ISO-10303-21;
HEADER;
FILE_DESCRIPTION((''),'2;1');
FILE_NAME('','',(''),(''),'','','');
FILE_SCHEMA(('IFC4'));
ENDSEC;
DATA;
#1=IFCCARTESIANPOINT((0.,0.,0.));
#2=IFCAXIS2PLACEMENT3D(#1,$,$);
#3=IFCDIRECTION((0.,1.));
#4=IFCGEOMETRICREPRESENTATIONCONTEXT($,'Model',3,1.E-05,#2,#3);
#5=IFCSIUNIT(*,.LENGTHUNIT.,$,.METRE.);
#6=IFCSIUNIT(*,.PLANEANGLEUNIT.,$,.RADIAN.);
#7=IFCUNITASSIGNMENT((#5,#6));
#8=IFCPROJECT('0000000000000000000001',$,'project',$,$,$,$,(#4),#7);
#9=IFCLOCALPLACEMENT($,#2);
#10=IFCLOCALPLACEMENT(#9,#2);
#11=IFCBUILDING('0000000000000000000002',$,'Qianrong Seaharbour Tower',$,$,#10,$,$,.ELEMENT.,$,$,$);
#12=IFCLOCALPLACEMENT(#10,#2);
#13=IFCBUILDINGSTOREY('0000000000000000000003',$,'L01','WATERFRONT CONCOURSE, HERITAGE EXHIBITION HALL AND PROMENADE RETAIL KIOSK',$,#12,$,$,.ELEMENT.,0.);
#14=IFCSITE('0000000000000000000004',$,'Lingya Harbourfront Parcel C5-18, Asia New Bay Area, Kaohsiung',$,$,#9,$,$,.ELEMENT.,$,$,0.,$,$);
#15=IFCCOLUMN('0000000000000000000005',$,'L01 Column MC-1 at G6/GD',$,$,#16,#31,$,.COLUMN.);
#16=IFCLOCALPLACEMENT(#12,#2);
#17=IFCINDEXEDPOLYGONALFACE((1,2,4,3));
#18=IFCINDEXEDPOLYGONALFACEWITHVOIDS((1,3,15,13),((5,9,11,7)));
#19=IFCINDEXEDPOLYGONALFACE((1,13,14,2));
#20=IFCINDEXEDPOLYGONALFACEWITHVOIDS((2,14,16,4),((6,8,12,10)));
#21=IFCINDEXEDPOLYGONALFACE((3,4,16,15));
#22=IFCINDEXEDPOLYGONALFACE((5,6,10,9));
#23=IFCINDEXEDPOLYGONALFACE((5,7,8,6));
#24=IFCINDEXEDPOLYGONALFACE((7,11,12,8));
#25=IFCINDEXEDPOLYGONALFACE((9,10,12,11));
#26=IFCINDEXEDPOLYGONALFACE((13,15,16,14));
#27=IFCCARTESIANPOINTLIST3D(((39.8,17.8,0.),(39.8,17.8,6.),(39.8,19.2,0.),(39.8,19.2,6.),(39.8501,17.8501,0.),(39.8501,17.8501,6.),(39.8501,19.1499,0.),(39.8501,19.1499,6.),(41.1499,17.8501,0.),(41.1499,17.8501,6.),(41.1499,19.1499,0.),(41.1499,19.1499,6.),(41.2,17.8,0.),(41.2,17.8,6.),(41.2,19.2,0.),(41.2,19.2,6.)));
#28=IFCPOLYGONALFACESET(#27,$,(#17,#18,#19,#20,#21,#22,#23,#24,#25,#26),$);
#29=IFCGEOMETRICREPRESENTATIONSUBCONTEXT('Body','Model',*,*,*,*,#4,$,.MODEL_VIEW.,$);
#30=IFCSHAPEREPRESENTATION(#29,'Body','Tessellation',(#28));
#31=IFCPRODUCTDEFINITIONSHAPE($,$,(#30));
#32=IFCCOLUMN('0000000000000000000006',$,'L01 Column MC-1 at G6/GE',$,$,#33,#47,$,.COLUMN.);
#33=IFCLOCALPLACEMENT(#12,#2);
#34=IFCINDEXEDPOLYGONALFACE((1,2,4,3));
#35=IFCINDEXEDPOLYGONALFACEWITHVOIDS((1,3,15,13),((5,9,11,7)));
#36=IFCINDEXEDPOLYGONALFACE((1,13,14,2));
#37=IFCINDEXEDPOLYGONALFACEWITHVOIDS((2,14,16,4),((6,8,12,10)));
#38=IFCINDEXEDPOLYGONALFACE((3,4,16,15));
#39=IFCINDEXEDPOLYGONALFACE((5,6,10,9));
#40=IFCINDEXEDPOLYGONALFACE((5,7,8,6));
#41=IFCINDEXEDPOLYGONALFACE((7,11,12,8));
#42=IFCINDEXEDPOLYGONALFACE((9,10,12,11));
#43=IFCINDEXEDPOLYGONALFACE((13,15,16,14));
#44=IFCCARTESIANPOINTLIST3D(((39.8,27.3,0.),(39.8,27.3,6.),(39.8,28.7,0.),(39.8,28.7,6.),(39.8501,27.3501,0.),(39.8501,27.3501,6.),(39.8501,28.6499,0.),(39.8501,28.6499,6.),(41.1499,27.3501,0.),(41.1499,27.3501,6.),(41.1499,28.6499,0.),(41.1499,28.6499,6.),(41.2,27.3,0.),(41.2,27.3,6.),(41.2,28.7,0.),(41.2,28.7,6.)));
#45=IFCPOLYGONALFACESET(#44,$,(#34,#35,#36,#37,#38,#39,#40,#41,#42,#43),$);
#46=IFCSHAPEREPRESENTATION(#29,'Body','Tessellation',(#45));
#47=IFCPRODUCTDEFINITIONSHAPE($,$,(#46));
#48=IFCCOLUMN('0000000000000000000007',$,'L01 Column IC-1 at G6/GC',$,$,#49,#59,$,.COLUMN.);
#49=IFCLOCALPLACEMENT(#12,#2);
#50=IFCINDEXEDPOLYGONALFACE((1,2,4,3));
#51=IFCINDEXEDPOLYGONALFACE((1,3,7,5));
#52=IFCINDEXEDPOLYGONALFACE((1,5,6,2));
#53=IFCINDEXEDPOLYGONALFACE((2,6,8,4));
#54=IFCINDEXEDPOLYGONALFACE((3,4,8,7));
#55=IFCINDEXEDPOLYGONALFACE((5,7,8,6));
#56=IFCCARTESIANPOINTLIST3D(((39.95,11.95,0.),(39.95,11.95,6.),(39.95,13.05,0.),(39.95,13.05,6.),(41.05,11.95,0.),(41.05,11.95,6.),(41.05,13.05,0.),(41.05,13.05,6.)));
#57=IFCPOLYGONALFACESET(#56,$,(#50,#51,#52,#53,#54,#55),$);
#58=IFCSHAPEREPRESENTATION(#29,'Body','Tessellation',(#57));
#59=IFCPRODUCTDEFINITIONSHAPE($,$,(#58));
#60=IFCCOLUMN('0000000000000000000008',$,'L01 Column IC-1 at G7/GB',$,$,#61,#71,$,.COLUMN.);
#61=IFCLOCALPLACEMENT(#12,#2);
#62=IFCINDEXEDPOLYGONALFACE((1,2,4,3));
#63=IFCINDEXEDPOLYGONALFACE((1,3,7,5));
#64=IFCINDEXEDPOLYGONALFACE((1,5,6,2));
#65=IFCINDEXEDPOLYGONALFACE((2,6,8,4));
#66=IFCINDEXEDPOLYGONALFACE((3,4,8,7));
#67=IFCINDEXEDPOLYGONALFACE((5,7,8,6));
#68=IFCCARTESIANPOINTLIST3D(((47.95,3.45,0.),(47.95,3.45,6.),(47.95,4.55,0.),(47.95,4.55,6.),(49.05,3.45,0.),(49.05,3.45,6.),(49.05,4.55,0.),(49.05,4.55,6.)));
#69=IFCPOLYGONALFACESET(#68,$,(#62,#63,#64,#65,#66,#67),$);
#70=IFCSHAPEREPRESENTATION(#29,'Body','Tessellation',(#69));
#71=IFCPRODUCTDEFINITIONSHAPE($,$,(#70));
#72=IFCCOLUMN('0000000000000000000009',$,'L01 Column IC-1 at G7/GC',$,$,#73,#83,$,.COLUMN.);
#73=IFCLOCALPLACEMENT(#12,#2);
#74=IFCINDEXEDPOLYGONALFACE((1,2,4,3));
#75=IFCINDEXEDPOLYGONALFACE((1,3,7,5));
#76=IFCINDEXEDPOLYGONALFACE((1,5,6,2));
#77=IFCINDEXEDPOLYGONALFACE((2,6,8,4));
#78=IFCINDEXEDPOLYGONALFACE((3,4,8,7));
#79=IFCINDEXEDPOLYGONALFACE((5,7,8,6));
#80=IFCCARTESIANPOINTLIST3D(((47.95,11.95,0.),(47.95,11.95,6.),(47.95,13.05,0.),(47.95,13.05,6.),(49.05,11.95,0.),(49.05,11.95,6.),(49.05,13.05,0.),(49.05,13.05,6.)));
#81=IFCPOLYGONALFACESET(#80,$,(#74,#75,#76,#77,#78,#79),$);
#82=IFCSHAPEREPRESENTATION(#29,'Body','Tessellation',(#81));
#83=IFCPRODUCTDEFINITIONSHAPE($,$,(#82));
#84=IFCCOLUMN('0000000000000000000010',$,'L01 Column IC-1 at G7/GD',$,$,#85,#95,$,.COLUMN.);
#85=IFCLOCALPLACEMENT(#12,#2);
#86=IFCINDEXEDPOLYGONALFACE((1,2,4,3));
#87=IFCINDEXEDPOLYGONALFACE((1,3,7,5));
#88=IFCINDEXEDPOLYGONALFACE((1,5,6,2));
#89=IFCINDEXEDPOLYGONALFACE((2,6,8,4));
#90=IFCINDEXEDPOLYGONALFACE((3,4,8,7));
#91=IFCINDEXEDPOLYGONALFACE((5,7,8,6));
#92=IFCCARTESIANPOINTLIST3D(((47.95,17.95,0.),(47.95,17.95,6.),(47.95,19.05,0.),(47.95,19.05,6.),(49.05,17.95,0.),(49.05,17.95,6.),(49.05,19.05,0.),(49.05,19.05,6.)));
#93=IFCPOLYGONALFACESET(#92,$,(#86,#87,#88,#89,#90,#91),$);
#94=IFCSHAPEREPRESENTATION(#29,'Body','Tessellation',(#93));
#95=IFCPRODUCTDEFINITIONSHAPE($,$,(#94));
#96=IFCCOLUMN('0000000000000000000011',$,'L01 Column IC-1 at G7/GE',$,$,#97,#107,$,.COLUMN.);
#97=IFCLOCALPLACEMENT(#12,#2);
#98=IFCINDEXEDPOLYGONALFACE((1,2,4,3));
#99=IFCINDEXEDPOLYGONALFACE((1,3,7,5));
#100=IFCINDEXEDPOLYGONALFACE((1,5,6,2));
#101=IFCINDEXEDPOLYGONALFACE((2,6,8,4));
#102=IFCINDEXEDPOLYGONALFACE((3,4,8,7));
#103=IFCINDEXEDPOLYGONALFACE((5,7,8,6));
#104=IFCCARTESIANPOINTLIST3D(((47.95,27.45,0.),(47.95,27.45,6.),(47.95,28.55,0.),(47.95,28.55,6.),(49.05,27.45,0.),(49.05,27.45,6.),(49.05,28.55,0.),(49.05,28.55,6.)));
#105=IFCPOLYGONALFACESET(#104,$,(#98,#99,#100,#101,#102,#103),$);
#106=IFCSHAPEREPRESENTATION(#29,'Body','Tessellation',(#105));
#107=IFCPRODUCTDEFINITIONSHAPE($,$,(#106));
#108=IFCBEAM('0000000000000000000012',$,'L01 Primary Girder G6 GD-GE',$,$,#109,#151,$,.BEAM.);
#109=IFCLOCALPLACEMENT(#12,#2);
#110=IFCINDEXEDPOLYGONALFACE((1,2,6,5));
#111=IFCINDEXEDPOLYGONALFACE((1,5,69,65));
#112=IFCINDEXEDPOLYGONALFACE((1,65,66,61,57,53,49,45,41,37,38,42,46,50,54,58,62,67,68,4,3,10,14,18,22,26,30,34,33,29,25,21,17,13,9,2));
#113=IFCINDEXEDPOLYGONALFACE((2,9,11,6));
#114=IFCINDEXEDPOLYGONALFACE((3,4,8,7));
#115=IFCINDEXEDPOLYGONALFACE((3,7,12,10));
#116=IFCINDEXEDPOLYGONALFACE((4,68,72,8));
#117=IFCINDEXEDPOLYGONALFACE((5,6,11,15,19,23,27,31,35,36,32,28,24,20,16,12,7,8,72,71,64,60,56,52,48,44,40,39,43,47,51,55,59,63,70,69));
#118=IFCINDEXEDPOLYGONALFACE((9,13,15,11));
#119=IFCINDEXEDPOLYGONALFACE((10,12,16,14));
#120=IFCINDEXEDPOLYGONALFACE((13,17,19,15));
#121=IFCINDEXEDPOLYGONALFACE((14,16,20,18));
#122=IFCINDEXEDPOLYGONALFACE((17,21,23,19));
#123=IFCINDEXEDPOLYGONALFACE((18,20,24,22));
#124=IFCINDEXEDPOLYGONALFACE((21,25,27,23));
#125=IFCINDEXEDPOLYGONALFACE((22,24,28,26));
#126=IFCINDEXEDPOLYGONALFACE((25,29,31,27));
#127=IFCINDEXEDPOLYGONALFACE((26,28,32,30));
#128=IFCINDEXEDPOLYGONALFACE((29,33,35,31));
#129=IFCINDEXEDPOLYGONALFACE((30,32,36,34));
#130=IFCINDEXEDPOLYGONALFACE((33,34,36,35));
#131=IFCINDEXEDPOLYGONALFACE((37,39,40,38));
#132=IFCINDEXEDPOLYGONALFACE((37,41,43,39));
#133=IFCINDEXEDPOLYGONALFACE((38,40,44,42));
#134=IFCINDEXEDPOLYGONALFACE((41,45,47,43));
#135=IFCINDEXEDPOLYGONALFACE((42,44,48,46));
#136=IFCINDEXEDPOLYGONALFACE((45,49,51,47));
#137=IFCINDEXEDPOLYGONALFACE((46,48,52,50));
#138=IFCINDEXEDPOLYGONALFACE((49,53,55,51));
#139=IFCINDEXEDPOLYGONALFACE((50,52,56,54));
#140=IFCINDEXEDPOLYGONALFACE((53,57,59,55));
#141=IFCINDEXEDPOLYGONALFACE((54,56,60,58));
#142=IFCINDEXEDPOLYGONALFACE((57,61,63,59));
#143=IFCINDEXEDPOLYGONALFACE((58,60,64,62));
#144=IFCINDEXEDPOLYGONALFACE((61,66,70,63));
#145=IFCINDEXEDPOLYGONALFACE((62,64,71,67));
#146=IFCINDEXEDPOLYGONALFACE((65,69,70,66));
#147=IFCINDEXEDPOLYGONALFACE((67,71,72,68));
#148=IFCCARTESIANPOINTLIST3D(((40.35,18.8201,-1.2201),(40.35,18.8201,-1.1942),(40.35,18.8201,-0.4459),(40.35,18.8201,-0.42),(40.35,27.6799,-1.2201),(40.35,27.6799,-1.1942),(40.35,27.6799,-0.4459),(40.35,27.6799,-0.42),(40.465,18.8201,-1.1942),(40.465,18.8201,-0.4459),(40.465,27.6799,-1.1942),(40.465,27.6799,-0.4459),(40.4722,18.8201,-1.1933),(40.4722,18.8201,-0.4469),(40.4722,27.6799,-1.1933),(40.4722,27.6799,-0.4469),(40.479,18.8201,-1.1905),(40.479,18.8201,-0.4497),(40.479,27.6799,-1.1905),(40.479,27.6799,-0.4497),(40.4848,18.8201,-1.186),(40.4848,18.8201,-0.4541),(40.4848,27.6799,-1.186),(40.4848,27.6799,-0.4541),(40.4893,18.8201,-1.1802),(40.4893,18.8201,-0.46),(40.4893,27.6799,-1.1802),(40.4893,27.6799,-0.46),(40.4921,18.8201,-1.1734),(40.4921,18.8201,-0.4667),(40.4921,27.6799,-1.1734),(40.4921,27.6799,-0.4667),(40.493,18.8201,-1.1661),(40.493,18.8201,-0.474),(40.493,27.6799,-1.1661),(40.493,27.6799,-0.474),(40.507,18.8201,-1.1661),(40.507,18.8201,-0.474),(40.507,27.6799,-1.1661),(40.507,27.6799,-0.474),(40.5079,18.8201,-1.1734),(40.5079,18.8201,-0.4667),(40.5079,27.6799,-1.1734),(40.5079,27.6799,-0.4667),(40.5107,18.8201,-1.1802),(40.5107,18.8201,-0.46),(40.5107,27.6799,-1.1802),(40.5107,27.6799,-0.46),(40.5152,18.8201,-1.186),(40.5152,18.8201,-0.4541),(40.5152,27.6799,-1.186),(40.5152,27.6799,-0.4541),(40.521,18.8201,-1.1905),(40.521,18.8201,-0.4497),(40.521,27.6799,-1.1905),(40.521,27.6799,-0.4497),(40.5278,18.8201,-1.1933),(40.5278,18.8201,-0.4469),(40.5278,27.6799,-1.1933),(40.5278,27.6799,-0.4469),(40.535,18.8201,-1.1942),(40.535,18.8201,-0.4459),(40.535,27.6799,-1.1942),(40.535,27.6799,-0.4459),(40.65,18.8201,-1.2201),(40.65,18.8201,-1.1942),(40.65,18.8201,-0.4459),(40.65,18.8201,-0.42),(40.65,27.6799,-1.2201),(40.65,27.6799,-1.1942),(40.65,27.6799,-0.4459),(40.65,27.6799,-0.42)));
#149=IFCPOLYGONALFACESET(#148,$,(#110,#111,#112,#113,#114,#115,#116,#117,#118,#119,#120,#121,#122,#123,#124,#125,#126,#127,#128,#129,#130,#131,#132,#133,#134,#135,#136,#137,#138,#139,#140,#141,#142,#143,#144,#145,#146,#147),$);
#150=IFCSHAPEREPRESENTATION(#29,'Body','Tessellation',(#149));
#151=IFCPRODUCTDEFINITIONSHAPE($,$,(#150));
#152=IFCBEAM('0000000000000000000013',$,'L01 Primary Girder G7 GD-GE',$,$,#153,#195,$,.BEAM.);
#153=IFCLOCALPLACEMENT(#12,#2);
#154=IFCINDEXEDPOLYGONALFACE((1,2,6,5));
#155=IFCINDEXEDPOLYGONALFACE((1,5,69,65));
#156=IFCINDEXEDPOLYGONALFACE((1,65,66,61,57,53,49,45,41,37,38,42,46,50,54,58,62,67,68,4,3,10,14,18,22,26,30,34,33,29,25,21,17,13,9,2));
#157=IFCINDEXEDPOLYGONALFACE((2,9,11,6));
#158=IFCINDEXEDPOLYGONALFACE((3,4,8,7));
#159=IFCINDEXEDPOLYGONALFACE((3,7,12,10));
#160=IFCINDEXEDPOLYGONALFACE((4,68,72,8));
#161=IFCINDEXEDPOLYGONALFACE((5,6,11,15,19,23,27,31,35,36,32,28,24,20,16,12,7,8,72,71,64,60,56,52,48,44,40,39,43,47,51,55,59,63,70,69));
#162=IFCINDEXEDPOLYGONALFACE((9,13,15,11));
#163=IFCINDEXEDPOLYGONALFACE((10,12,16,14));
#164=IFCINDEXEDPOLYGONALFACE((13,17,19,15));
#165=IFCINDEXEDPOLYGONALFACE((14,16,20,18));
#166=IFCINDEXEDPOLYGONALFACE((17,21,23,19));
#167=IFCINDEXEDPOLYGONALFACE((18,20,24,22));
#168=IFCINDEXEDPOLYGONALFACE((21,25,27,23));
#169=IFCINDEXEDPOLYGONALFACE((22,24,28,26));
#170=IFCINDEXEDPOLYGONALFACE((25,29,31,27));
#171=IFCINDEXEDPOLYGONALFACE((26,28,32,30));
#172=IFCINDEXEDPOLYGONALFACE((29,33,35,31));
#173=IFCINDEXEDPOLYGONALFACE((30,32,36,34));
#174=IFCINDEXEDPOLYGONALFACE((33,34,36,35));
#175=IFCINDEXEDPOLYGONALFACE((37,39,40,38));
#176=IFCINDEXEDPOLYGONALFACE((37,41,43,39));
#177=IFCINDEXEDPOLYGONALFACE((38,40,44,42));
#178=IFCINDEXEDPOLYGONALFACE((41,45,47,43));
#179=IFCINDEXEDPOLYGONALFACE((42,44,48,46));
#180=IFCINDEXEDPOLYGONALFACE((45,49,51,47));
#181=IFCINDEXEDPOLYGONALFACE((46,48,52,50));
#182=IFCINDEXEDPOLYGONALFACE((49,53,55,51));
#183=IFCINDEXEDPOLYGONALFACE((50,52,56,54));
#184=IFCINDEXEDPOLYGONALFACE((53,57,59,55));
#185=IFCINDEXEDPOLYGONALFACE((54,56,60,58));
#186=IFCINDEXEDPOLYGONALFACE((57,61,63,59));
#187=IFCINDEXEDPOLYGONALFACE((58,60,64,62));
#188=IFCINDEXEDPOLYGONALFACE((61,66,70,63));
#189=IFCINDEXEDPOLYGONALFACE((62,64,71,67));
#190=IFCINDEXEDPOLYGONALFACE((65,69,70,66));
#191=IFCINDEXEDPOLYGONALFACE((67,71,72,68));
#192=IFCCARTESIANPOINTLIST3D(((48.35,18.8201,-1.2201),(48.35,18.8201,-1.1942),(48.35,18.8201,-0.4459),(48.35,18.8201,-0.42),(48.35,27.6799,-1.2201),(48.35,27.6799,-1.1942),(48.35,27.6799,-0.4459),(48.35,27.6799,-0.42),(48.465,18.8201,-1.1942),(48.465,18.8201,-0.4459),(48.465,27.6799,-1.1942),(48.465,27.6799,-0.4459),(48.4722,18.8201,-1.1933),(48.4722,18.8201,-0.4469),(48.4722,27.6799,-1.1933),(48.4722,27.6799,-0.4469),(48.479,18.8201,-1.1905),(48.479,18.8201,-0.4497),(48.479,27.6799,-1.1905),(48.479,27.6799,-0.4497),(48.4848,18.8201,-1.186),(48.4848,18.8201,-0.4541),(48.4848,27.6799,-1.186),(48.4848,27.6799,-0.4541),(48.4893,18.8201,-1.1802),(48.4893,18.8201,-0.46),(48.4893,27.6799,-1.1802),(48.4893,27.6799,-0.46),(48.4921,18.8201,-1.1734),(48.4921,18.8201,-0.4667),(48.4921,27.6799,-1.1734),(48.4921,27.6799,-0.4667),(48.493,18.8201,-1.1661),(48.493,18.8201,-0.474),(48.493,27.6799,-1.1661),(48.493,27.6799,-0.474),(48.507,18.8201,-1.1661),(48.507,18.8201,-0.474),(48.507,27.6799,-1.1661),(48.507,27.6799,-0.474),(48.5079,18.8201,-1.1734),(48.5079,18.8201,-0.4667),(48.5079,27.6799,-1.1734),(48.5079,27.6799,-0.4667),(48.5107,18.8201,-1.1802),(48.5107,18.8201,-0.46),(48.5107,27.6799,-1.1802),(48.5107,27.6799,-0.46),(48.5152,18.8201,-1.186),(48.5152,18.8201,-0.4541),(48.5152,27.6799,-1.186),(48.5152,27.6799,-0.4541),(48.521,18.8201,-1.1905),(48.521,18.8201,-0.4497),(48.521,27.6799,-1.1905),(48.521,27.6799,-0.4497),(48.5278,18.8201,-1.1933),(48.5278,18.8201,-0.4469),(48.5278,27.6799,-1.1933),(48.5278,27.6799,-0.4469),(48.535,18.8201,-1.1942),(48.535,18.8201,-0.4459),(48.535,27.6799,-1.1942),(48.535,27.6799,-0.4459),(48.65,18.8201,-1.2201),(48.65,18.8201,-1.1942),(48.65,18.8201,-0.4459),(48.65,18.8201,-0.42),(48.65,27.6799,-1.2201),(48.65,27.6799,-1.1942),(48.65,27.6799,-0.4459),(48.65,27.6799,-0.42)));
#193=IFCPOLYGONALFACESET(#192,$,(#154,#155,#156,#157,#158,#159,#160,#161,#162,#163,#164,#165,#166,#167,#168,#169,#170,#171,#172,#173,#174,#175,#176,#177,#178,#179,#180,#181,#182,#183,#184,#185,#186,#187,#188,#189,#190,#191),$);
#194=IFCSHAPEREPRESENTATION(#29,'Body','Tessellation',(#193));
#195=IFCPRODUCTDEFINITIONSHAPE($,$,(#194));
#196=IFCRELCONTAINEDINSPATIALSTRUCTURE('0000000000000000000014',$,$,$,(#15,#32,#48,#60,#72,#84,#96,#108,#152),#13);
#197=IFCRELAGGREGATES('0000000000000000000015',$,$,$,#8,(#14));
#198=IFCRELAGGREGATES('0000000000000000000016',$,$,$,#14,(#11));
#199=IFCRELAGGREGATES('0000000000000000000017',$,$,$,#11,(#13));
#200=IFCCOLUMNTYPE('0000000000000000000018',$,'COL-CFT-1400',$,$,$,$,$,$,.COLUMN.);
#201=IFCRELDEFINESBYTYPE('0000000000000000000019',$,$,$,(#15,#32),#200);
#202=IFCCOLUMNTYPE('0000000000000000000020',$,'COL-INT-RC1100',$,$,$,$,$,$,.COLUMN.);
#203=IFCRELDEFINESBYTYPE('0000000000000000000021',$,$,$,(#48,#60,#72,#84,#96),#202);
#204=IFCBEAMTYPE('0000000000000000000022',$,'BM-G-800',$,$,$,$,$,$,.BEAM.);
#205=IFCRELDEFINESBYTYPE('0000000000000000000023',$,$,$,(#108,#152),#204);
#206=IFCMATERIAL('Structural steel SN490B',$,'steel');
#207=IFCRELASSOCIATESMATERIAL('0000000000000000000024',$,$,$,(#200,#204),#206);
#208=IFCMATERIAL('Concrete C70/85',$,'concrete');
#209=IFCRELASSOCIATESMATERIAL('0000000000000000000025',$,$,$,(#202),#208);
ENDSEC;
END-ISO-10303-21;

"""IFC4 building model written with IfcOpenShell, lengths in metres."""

from ifc_helpers import new_model, si_unit, direction, frame, origin, origin_2d, place, context, subcontext, project, spatial, rectangle, hollow_rectangle, i_section, extrude, material, material_profile, profile_set, type_object, element, save


model = new_model("IFC4")

# Units and contexts
model_context = context("Model", 3, precision=1e-05, world=origin(), true_north=direction((0.0, 1.0)))
body_context = subcontext(model_context, "Body", "Model", "MODEL_VIEW")
ifc_project = project(units=[si_unit("LENGTHUNIT", "METRE"), si_unit("PLANEANGLEUNIT", "RADIAN")], contexts=[model_context])

# Site, building, storey
site_placement = place(None, origin())
site = spatial("IfcSite", under=ifc_project, at=site_placement, Name="Lingya Harbourfront Parcel C5-18, Asia New Bay Area, Kaohsiung", CompositionType="ELEMENT", RefElevation=0.0)
building_placement = place(site_placement, origin())
building = spatial("IfcBuilding", under=site, at=building_placement, Name="Qianrong Seaharbour Tower", CompositionType="ELEMENT")
storey_placement = place(building_placement, origin())
storey = spatial("IfcBuildingStorey", under=building, at=storey_placement, Name="L01", Description="WATERFRONT CONCOURSE, HERITAGE EXHIBITION HALL AND PROMENADE RETAIL KIOSK", CompositionType="ELEMENT", Elevation=0.0)

# Columns
ifc_material_1 = material(Name="Structural steel SN490B", Category="steel")
ifc_material_profile_1 = material_profile(ifc_material_1, hollow_rectangle(XDim=1.3999, YDim=1.3999, WallThickness=0.05, at=origin_2d()), Name="BOX1400x1400x50")
ifc_profile_set_1 = profile_set([ifc_material_profile_1], Name="Structural steel SN490B")
column_type_1 = type_object("IfcColumnType", Name="COL-CFT-1400", PredefinedType="COLUMN", material=ifc_profile_set_1)
for number, where, z_axis, x_axis, name in (
    (1, (40.5, 18.5, 0.0), (0.0, 0.0, 1.0), (1.0, 0.0, 0.0), "L01 Column MC-1 at G6/GD"),
    (2, (40.5, 28.0, 0.0), (0.0, 0.0, 1.0), (1.0, 0.0, 0.0), "L01 Column MC-1 at G6/GE"),
):
    element("IfcColumn", number, at=place(storey_placement, frame(where, z_axis=z_axis, x_axis=x_axis)), inside=storey, type_object=column_type_1, Name=name, PredefinedType="COLUMN", context=body_context, shape_type="SweptSolid", body=[
        extrude(hollow_rectangle(XDim=1.3999, YDim=1.3999, WallThickness=0.05, at=origin_2d()), origin(), (0.0, 0.0, 1.0), 6.0),
    ])
ifc_material_2 = material(Name="Concrete C70/85", Category="concrete")
ifc_material_profile_2 = material_profile(ifc_material_2, rectangle(XDim=1.1001, YDim=1.1001, at=origin_2d()), Name="RC1100x1100")
ifc_profile_set_2 = profile_set([ifc_material_profile_2], Name="Concrete C70/85")
column_type_2 = type_object("IfcColumnType", Name="COL-INT-RC1100", PredefinedType="COLUMN", material=ifc_profile_set_2)
for number, where, z_axis, x_axis, name in (
    (3, (40.5, 12.5, 0.0), (0.0, 0.0, 1.0), (1.0, 0.0, 0.0), "L01 Column IC-1 at G6/GC"),
    (4, (48.5, 4.0, 0.0), (0.0, 0.0, 1.0), (1.0, 0.0, 0.0), "L01 Column IC-1 at G7/GB"),
    (5, (48.5, 12.5, 0.0), (0.0, 0.0, 1.0), (1.0, 0.0, 0.0), "L01 Column IC-1 at G7/GC"),
    (6, (48.5, 18.5, 0.0), (0.0, 0.0, 1.0), (1.0, 0.0, 0.0), "L01 Column IC-1 at G7/GD"),
    (7, (48.5, 28.0, 0.0), (0.0, 0.0, 1.0), (1.0, 0.0, 0.0), "L01 Column IC-1 at G7/GE"),
):
    element("IfcColumn", number, at=place(storey_placement, frame(where, z_axis=z_axis, x_axis=x_axis)), inside=storey, type_object=column_type_2, Name=name, PredefinedType="COLUMN", context=body_context, shape_type="SweptSolid", body=[
        extrude(rectangle(XDim=1.1001, YDim=1.1001, at=origin_2d()), origin(), (0.0, 0.0, 1.0), 6.0),
    ])

# Beams
ifc_material_profile_3 = material_profile(ifc_material_1, i_section(OverallWidth=0.3, OverallDepth=0.8, WebThickness=0.0139, FlangeThickness=0.0259, FilletRadius=0.0281, at=origin_2d()), Name="H800x300x14x26")
ifc_profile_set_3 = profile_set([ifc_material_profile_3], Name="Structural steel SN490B")
beam_type_1 = type_object("IfcBeamType", Name="BM-G-800", PredefinedType="BEAM", material=ifc_profile_set_3)
for number, where, z_axis, x_axis, name in (
    (8, (40.5, 18.8201, -0.8201), (0.0, 1.0, 0.0), (-1.0, 0.0, 0.0), "L01 Primary Girder G6 GD-GE"),
    (9, (48.5, 18.8201, -0.8201), (0.0, 1.0, 0.0), (-1.0, 0.0, 0.0), "L01 Primary Girder G7 GD-GE"),
):
    element("IfcBeam", number, at=place(storey_placement, frame(where, z_axis=z_axis, x_axis=x_axis)), inside=storey, type_object=beam_type_1, Name=name, PredefinedType="BEAM", context=body_context, shape_type="SweptSolid", body=[
        extrude(i_section(OverallWidth=0.3, OverallDepth=0.8, WebThickness=0.0139, FlangeThickness=0.0259, FilletRadius=0.0281, at=origin_2d()), origin(), (0.0, 0.0, 1.0), 8.8599),
    ])

save(model, "model.ifc")
